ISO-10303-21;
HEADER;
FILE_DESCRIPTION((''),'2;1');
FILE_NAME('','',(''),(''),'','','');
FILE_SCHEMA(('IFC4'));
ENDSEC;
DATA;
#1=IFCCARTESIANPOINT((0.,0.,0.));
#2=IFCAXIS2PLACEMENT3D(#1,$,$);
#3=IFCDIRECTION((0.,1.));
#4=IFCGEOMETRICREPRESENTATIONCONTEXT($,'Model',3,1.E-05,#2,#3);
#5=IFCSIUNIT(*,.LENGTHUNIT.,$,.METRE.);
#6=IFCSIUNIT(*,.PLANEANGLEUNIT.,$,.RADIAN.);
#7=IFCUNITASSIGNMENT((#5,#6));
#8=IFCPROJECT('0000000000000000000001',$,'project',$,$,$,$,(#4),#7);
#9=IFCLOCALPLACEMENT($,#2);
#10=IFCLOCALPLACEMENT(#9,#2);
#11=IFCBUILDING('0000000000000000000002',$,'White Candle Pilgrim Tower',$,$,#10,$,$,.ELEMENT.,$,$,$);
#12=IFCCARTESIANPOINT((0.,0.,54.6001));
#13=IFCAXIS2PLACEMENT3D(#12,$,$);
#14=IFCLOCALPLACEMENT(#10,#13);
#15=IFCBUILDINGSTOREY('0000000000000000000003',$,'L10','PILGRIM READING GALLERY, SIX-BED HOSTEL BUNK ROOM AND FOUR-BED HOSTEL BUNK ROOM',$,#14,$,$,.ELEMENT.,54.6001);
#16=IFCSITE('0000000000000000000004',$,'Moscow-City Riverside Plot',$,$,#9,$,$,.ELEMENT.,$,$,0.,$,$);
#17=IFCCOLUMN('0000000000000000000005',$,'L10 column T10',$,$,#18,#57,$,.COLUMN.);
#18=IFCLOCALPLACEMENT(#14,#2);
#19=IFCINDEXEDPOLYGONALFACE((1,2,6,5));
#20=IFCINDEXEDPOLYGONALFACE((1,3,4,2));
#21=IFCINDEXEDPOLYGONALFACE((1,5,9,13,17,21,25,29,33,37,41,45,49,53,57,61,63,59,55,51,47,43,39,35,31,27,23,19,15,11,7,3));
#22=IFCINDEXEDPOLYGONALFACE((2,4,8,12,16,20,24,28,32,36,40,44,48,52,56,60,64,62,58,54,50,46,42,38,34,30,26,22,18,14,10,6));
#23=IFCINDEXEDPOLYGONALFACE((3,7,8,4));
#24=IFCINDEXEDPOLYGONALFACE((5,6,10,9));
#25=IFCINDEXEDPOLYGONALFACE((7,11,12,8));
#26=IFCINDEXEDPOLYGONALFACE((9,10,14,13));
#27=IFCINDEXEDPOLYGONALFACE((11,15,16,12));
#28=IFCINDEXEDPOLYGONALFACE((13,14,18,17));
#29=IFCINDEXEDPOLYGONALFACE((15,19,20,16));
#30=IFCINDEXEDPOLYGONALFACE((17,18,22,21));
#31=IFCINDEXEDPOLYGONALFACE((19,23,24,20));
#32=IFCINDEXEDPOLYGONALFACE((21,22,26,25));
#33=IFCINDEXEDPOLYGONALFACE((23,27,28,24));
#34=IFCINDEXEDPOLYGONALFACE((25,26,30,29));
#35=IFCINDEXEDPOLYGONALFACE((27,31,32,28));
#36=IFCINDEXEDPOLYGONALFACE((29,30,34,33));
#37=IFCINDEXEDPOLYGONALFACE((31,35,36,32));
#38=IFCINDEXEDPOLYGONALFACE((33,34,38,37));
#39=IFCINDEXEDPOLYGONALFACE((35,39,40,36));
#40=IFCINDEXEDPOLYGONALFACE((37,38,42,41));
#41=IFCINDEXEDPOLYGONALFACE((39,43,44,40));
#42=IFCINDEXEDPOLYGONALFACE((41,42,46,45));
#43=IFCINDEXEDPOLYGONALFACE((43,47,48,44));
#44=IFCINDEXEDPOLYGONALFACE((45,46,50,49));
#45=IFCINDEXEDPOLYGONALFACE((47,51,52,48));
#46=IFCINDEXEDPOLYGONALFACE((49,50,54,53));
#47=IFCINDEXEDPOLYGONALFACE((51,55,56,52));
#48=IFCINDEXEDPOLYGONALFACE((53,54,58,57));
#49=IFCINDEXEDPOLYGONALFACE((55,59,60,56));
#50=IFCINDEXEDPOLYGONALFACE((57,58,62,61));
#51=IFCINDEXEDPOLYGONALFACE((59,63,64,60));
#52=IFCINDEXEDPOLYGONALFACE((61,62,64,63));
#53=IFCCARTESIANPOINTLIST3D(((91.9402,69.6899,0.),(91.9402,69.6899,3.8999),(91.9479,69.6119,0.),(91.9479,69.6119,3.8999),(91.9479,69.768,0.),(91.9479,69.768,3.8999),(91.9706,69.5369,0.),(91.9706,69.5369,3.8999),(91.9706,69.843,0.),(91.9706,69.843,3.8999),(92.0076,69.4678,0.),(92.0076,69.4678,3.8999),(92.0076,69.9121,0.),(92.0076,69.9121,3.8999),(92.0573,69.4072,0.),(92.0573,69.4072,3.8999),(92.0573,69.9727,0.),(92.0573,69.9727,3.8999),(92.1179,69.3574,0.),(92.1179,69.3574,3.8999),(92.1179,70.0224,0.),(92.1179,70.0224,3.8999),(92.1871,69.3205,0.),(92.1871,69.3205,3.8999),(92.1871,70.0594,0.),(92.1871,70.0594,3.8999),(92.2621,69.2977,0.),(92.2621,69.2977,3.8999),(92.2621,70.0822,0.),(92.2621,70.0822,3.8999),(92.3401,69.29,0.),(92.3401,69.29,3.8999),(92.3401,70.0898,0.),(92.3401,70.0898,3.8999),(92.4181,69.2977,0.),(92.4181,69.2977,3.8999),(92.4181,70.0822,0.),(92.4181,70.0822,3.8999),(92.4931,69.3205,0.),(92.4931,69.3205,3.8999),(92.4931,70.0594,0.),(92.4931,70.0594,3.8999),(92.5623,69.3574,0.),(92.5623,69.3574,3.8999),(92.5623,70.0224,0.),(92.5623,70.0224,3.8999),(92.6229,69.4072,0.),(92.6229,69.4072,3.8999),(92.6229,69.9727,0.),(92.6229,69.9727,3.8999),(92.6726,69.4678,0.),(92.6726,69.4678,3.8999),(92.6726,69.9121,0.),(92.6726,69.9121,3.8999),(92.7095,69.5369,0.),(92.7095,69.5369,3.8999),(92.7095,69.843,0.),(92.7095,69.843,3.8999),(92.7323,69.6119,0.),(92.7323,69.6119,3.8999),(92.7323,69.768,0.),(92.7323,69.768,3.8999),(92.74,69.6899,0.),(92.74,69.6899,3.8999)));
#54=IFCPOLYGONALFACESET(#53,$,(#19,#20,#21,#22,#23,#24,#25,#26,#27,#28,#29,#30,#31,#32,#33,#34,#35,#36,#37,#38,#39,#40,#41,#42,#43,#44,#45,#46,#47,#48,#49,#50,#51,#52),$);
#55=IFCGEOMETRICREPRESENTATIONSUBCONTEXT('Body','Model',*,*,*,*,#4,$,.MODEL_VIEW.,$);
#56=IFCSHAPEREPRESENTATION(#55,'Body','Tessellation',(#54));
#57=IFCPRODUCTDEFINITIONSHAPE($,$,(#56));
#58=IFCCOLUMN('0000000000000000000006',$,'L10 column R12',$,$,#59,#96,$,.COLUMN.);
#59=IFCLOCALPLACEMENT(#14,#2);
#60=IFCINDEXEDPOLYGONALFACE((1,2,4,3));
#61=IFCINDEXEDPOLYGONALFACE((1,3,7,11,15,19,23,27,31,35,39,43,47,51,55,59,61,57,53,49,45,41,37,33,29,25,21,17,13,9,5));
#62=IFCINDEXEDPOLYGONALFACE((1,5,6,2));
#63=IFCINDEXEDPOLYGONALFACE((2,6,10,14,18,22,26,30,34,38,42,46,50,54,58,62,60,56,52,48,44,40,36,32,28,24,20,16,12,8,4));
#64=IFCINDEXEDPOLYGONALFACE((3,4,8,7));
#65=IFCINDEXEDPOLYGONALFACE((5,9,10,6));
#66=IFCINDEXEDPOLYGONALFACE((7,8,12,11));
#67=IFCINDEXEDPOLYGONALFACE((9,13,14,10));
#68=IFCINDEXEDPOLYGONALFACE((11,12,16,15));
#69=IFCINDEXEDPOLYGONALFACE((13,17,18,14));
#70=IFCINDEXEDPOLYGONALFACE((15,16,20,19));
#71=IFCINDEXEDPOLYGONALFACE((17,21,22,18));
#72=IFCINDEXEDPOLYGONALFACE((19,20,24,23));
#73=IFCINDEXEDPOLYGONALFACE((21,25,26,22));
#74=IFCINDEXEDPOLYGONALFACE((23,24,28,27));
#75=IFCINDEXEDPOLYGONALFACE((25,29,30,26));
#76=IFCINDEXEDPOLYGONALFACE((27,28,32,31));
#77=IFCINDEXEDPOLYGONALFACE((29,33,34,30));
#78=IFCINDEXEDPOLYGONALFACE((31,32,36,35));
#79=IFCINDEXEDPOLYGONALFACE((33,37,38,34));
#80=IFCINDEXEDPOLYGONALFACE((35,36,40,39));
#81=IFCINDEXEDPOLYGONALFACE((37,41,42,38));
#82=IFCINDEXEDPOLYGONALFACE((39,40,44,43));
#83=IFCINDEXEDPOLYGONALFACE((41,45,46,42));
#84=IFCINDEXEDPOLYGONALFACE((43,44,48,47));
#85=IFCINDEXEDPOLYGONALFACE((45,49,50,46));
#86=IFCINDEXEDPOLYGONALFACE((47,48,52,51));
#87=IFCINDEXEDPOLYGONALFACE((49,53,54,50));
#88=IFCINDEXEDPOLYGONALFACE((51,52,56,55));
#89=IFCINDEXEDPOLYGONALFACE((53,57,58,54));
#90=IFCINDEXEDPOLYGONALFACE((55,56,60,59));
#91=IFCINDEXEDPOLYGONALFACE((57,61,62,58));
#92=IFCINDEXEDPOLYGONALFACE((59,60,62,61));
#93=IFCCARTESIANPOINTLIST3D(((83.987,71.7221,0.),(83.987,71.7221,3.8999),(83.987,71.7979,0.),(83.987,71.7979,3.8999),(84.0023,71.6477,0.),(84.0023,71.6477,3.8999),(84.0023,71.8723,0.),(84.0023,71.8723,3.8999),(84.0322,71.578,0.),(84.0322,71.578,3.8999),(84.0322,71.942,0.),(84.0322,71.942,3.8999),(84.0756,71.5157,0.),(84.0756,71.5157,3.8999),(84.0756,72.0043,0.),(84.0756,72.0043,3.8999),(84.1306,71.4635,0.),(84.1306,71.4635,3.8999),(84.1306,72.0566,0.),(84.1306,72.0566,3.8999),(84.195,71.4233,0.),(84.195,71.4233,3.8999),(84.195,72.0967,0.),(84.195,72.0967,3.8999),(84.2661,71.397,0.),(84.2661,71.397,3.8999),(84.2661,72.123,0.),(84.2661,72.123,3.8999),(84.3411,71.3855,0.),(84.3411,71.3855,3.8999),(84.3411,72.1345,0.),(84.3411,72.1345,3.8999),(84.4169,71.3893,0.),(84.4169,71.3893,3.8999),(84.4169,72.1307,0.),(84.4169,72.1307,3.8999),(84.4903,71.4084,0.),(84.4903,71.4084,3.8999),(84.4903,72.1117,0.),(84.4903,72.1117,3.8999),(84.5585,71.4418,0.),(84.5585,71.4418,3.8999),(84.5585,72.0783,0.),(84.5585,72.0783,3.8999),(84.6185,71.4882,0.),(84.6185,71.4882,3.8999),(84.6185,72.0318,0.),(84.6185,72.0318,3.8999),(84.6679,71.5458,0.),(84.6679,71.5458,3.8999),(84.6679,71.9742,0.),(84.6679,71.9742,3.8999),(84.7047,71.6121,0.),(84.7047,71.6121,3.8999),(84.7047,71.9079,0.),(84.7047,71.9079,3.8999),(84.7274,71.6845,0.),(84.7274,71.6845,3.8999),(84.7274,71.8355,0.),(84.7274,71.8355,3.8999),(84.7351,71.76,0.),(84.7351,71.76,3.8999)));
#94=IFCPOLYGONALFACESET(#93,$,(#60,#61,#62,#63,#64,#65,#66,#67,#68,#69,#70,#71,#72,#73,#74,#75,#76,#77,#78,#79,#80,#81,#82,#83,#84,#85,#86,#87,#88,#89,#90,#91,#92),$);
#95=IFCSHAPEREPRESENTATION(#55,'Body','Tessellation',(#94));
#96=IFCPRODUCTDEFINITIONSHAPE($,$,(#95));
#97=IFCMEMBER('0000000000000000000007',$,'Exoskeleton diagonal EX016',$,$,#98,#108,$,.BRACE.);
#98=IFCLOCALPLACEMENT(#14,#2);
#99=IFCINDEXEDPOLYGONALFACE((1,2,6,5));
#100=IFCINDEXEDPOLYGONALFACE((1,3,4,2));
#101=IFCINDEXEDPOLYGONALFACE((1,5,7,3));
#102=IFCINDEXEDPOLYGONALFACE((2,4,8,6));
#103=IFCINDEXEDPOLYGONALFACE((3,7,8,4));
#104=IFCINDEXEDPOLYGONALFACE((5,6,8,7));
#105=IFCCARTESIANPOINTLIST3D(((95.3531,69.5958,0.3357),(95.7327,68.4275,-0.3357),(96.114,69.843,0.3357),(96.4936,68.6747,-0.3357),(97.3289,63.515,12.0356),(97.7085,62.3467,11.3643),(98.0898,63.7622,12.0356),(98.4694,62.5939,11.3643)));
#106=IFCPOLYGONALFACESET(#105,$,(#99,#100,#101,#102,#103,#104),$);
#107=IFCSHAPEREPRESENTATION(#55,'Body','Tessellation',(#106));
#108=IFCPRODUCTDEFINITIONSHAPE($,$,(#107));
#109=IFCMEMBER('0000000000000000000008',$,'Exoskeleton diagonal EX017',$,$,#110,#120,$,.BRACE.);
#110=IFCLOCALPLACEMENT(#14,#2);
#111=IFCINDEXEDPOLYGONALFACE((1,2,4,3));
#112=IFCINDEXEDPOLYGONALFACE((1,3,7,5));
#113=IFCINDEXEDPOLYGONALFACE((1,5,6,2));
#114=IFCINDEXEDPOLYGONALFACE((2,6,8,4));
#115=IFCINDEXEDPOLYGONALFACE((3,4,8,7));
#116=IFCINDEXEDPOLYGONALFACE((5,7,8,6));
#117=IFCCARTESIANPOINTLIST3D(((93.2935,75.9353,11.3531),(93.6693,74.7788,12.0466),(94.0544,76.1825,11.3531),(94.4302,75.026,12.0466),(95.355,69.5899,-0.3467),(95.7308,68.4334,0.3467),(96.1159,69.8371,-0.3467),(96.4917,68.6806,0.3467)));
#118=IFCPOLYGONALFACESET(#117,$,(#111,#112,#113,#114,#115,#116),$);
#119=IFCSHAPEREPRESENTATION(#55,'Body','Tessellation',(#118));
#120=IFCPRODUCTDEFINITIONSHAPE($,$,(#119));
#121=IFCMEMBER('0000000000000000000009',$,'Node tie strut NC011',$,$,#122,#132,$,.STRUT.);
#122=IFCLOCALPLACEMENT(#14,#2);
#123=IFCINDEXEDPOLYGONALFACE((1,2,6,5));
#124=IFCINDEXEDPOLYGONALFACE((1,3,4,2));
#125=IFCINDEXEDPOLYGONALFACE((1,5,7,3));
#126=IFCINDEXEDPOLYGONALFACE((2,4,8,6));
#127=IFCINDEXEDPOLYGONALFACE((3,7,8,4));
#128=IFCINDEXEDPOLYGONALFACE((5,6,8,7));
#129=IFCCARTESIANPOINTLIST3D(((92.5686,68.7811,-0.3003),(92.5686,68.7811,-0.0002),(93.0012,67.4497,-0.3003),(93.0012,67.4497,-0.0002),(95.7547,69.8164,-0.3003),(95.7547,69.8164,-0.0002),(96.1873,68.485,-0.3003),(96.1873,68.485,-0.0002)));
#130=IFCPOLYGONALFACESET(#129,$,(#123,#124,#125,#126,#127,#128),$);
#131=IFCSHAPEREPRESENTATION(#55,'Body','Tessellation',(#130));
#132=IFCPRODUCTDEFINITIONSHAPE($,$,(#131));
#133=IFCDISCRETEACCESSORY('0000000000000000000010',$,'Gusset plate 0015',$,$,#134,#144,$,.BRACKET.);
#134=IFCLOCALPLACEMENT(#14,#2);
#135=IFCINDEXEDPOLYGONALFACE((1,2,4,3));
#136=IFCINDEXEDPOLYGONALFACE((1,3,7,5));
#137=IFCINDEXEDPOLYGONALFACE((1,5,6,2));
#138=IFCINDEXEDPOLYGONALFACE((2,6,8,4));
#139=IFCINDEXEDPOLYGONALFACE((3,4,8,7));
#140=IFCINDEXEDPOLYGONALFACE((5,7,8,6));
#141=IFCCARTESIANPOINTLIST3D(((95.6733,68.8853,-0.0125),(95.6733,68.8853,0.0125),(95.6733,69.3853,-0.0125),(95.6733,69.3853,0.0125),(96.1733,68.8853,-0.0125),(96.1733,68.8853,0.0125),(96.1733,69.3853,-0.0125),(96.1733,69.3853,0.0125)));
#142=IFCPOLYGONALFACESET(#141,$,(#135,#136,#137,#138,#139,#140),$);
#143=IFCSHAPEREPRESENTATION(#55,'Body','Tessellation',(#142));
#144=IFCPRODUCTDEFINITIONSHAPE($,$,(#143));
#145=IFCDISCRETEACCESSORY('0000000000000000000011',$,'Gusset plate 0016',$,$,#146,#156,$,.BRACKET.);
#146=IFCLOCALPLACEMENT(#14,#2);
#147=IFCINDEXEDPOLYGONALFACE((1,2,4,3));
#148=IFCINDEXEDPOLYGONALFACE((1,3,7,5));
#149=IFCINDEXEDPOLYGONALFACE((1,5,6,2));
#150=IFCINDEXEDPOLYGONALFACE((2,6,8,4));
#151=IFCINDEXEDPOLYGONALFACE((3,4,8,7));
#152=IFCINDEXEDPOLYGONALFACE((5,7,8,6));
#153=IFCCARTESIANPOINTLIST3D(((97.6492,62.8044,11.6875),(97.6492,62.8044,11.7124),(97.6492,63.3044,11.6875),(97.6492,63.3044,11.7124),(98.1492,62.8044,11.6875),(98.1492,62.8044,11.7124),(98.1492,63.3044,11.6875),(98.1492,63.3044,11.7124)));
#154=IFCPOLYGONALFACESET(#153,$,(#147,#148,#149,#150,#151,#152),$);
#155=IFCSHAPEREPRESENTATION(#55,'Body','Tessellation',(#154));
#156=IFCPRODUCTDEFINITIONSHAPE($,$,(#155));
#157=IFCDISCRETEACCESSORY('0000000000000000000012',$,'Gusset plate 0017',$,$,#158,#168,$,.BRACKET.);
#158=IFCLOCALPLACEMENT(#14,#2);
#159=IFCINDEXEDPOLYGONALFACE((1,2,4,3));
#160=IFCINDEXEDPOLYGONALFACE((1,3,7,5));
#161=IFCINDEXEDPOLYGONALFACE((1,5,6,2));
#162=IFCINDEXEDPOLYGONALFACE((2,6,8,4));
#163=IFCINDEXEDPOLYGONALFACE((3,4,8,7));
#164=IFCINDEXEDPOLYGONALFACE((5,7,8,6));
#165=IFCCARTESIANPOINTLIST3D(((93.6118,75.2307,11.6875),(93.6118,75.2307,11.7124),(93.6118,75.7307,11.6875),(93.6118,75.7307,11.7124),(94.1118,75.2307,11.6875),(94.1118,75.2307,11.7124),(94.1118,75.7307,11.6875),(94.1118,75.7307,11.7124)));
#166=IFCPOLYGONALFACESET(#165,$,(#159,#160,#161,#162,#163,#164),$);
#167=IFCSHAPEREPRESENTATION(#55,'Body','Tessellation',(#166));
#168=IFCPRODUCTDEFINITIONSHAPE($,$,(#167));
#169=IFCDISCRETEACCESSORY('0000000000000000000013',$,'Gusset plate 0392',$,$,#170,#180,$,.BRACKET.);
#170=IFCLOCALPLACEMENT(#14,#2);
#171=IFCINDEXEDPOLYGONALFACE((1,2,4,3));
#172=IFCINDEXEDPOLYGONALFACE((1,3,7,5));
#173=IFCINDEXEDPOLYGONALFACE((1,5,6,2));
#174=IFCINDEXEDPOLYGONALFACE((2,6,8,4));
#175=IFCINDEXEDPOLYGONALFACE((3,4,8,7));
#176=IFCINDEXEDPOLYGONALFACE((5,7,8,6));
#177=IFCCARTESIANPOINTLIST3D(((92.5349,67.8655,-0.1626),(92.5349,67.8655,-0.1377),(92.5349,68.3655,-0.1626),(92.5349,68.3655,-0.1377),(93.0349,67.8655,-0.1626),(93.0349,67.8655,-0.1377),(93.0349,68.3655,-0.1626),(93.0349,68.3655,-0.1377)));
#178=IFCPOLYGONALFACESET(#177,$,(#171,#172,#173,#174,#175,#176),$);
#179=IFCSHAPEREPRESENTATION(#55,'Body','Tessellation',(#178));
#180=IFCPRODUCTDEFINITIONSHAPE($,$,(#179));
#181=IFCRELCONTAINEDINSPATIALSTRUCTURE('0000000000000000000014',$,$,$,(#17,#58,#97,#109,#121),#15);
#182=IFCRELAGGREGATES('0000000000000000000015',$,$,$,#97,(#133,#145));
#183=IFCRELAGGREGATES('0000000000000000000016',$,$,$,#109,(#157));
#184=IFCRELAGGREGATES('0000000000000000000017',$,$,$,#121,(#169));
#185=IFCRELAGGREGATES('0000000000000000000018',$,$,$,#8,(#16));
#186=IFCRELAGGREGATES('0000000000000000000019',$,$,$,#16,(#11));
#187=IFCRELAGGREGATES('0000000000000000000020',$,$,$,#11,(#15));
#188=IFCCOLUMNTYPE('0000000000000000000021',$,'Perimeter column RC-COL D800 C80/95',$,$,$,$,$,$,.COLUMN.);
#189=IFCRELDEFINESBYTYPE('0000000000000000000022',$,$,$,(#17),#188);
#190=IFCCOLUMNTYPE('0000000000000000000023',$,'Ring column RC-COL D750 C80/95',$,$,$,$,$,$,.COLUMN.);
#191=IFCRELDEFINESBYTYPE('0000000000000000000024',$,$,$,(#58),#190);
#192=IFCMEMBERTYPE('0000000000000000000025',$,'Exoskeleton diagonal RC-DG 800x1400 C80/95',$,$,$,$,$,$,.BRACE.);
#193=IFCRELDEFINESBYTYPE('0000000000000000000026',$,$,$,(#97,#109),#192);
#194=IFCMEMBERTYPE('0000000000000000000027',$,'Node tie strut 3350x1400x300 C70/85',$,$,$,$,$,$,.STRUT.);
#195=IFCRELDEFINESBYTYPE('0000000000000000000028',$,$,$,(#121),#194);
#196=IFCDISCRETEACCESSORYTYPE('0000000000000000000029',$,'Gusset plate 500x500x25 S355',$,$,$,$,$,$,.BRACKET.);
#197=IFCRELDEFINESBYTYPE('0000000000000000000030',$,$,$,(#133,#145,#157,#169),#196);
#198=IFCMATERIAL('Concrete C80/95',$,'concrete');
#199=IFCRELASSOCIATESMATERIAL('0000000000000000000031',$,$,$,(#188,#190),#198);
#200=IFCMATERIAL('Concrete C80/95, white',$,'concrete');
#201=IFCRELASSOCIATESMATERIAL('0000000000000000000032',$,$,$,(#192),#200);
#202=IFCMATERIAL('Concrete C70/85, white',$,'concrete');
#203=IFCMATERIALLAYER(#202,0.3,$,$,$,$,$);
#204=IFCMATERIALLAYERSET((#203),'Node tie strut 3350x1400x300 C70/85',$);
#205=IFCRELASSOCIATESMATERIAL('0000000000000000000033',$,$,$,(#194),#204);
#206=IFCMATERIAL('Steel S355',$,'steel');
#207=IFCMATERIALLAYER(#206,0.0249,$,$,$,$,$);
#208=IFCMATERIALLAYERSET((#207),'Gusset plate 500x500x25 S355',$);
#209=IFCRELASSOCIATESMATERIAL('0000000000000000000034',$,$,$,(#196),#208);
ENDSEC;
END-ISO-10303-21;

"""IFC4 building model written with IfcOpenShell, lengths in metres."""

from ifc_helpers import new_model, si_unit, direction, frame, origin, origin_2d, place, context, subcontext, project, spatial, rectangle, circle, extrude, material, layer, layer_set, material_profile, profile_set, type_object, element, aggregate, save


model = new_model("IFC4")

# Units and contexts
model_context = context("Model", 3, precision=1e-05, world=origin(), true_north=direction((0.0, 1.0)))
body_context = subcontext(model_context, "Body", "Model", "MODEL_VIEW")
ifc_project = project(units=[si_unit("LENGTHUNIT", "METRE"), si_unit("PLANEANGLEUNIT", "RADIAN")], contexts=[model_context])

# Site, building, storey
site_placement = place(None, origin())
site = spatial("IfcSite", under=ifc_project, at=site_placement, Name="Moscow-City Riverside Plot", CompositionType="ELEMENT", RefElevation=0.0)
building_placement = place(site_placement, origin())
building = spatial("IfcBuilding", under=site, at=building_placement, Name="White Candle Pilgrim Tower", CompositionType="ELEMENT")
storey_placement = place(building_placement, frame((0.0, 0.0, 54.6001)))
storey = spatial("IfcBuildingStorey", under=building, at=storey_placement, Name="L10", Description="PILGRIM READING GALLERY, SIX-BED HOSTEL BUNK ROOM AND FOUR-BED HOSTEL BUNK ROOM", CompositionType="ELEMENT", Elevation=54.6001)

# Columns
ifc_material_1 = material(Name="Concrete C80/95", Category="concrete")
ifc_material_profile_1 = material_profile(ifc_material_1, circle(Radius=0.3999, at=origin_2d()), Name="RC-COL D800")
ifc_profile_set_1 = profile_set([ifc_material_profile_1], Name="Concrete C80/95")
column_type_1 = type_object("IfcColumnType", Name="Perimeter column RC-COL D800 C80/95", PredefinedType="COLUMN", material=ifc_profile_set_1)
column_1_placement = place(storey_placement, frame((92.3401, 69.6899, 0.0), z_axis=(0.0, 0.0, 1.0), x_axis=(1.0, 0.0, 0.0)))
element("IfcColumn", 1, at=column_1_placement, inside=storey, type_object=column_type_1, Name="L10 column T10", PredefinedType="COLUMN", context=body_context, shape_type="SweptSolid", body=[
    extrude(circle(Radius=0.3999, at=origin_2d()), origin(), (0.0, 0.0, 1.0), 3.8999),
])
ifc_material_profile_2 = material_profile(ifc_material_1, circle(Radius=0.375, at=origin_2d()), Name="RC-COL D750")
ifc_profile_set_2 = profile_set([ifc_material_profile_2], Name="Concrete C80/95")
column_type_2 = type_object("IfcColumnType", Name="Ring column RC-COL D750 C80/95", PredefinedType="COLUMN", material=ifc_profile_set_2)
column_2_placement = place(storey_placement, frame((84.3601, 71.76, 0.0), z_axis=(0.0, 0.0, 1.0), x_axis=(1.0, 0.0, 0.0)))
element("IfcColumn", 2, at=column_2_placement, inside=storey, type_object=column_type_2, Name="L10 column R12", PredefinedType="COLUMN", context=body_context, shape_type="SweptSolid", body=[
    extrude(circle(Radius=0.375, at=origin_2d()), origin(), (0.0, 0.0, 1.0), 3.8999),
])

# Members
ifc_material_2 = material(Name="Concrete C80/95, white", Category="concrete")
ifc_material_profile_3 = material_profile(ifc_material_2, rectangle(XDim=0.8, YDim=1.3999, at=origin_2d()), Name="RC-DG 800x1400")
ifc_profile_set_3 = profile_set([ifc_material_profile_3], Name="Concrete C80/95, white")
member_type_1 = type_object("IfcMemberType", Name="Exoskeleton diagonal RC-DG 800x1400 C80/95", PredefinedType="BRACE", material=ifc_profile_set_3)
member_1_placement = place(storey_placement, frame((95.9233, 69.1353, 0.0), z_axis=(0.148191, -0.456072, 0.877518), x_axis=(0.951054, 0.309025, 0.0)))
member_1 = element("IfcMember", 3, at=member_1_placement, inside=storey, type_object=member_type_1, Name="Exoskeleton diagonal EX016", PredefinedType="BRACE", context=body_context, shape_type="SweptSolid", body=[
    extrude(rectangle(XDim=0.8, YDim=1.3999, at=origin_2d()), origin(), (0.0, 0.0, 1.0), 13.333),
])
member_2_placement = place(storey_placement, frame((95.9233, 69.1353, 0.0), z_axis=(-0.153061, 0.471129, 0.868683), x_axis=(-0.951067, -0.308984, 0.0)))
member_2 = element("IfcMember", 4, at=member_2_placement, inside=storey, type_object=member_type_1, Name="Exoskeleton diagonal EX017", PredefinedType="BRACE", context=body_context, shape_type="SweptSolid", body=[
    extrude(rectangle(XDim=0.8, YDim=1.3999, at=origin_2d()), origin(), (0.0, 0.0, 1.0), 13.4685),
])
ifc_material_3 = material(Name="Concrete C70/85, white", Category="concrete")
ifc_layer_1 = layer(ifc_material_3, 0.3)
ifc_layer_set_1 = layer_set([ifc_layer_1], Name="Node tie strut 3350x1400x300 C70/85")
member_type_2 = type_object("IfcMemberType", Name="Node tie strut 3350x1400x300 C70/85", PredefinedType="STRUT", material=ifc_layer_set_1)
member_3_placement = place(storey_placement, frame((94.3779, 68.6331, -0.3003), z_axis=(0.0, 0.0, 1.0), x_axis=(-0.309017, 0.951057, 0.0)))
member_3 = element("IfcMember", 5, at=member_3_placement, inside=storey, type_object=member_type_2, Name="Node tie strut NC011", PredefinedType="STRUT", context=body_context, shape_type="SweptSolid", body=[
    extrude(rectangle(XDim=1.3999, YDim=3.3501, at=origin_2d()), origin(), (0.0, 0.0, 1.0), 0.3),
])

# Discrete accessories
ifc_material_4 = material(Name="Steel S355", Category="steel")
ifc_layer_2 = layer(ifc_material_4, 0.0249)
ifc_layer_set_2 = layer_set([ifc_layer_2], Name="Gusset plate 500x500x25 S355")
discrete_accessory_type = type_object("IfcDiscreteAccessoryType", Name="Gusset plate 500x500x25 S355", PredefinedType="BRACKET", material=ifc_layer_set_2)
discrete_accessory_1_placement = place(storey_placement, frame((95.9233, 69.1353, -0.0125), z_axis=(0.0, 0.0, 1.0), x_axis=(1.0, 0.0, 0.0)))
discrete_accessory_1 = element("IfcDiscreteAccessory", 6, at=discrete_accessory_1_placement, type_object=discrete_accessory_type, Name="Gusset plate 0015", PredefinedType="BRACKET", context=body_context, shape_type="SweptSolid", body=[
    extrude(rectangle(XDim=0.5, YDim=0.5, at=origin_2d()), origin(), (0.0, 0.0, 1.0), 0.0249),
])
placement = place(building_placement, frame((0.0, 0.0, 66.3)))
discrete_accessory_2_placement = place(placement, frame((97.8992, 63.0544, -0.0125), z_axis=(0.0, 0.0, 1.0), x_axis=(1.0, 0.0, 0.0)))
discrete_accessory_2 = element("IfcDiscreteAccessory", 7, at=discrete_accessory_2_placement, type_object=discrete_accessory_type, Name="Gusset plate 0016", PredefinedType="BRACKET", context=body_context, shape_type="SweptSolid", body=[
    extrude(rectangle(XDim=0.5, YDim=0.5, at=origin_2d()), origin(), (0.0, 0.0, 1.0), 0.0249),
])
aggregate(member_1, [discrete_accessory_1, discrete_accessory_2])
discrete_accessory_3_placement = place(placement, frame((93.8618, 75.4807, -0.0125), z_axis=(0.0, 0.0, 1.0), x_axis=(1.0, 0.0, 0.0)))
discrete_accessory_3 = element("IfcDiscreteAccessory", 8, at=discrete_accessory_3_placement, type_object=discrete_accessory_type, Name="Gusset plate 0017", PredefinedType="BRACKET", context=body_context, shape_type="SweptSolid", body=[
    extrude(rectangle(XDim=0.5, YDim=0.5, at=origin_2d()), origin(), (0.0, 0.0, 1.0), 0.0249),
])
aggregate(member_2, [discrete_accessory_3])
discrete_accessory_4_placement = place(storey_placement, frame((92.7849, 68.1155, -0.1626), z_axis=(0.0, 0.0, 1.0), x_axis=(1.0, 0.0, 0.0)))
discrete_accessory_4 = element("IfcDiscreteAccessory", 9, at=discrete_accessory_4_placement, type_object=discrete_accessory_type, Name="Gusset plate 0392", PredefinedType="BRACKET", context=body_context, shape_type="SweptSolid", body=[
    extrude(rectangle(XDim=0.5, YDim=0.5, at=origin_2d()), origin(), (0.0, 0.0, 1.0), 0.0249),
])
aggregate(member_3, [discrete_accessory_4])

save(model, "model.ifc")
